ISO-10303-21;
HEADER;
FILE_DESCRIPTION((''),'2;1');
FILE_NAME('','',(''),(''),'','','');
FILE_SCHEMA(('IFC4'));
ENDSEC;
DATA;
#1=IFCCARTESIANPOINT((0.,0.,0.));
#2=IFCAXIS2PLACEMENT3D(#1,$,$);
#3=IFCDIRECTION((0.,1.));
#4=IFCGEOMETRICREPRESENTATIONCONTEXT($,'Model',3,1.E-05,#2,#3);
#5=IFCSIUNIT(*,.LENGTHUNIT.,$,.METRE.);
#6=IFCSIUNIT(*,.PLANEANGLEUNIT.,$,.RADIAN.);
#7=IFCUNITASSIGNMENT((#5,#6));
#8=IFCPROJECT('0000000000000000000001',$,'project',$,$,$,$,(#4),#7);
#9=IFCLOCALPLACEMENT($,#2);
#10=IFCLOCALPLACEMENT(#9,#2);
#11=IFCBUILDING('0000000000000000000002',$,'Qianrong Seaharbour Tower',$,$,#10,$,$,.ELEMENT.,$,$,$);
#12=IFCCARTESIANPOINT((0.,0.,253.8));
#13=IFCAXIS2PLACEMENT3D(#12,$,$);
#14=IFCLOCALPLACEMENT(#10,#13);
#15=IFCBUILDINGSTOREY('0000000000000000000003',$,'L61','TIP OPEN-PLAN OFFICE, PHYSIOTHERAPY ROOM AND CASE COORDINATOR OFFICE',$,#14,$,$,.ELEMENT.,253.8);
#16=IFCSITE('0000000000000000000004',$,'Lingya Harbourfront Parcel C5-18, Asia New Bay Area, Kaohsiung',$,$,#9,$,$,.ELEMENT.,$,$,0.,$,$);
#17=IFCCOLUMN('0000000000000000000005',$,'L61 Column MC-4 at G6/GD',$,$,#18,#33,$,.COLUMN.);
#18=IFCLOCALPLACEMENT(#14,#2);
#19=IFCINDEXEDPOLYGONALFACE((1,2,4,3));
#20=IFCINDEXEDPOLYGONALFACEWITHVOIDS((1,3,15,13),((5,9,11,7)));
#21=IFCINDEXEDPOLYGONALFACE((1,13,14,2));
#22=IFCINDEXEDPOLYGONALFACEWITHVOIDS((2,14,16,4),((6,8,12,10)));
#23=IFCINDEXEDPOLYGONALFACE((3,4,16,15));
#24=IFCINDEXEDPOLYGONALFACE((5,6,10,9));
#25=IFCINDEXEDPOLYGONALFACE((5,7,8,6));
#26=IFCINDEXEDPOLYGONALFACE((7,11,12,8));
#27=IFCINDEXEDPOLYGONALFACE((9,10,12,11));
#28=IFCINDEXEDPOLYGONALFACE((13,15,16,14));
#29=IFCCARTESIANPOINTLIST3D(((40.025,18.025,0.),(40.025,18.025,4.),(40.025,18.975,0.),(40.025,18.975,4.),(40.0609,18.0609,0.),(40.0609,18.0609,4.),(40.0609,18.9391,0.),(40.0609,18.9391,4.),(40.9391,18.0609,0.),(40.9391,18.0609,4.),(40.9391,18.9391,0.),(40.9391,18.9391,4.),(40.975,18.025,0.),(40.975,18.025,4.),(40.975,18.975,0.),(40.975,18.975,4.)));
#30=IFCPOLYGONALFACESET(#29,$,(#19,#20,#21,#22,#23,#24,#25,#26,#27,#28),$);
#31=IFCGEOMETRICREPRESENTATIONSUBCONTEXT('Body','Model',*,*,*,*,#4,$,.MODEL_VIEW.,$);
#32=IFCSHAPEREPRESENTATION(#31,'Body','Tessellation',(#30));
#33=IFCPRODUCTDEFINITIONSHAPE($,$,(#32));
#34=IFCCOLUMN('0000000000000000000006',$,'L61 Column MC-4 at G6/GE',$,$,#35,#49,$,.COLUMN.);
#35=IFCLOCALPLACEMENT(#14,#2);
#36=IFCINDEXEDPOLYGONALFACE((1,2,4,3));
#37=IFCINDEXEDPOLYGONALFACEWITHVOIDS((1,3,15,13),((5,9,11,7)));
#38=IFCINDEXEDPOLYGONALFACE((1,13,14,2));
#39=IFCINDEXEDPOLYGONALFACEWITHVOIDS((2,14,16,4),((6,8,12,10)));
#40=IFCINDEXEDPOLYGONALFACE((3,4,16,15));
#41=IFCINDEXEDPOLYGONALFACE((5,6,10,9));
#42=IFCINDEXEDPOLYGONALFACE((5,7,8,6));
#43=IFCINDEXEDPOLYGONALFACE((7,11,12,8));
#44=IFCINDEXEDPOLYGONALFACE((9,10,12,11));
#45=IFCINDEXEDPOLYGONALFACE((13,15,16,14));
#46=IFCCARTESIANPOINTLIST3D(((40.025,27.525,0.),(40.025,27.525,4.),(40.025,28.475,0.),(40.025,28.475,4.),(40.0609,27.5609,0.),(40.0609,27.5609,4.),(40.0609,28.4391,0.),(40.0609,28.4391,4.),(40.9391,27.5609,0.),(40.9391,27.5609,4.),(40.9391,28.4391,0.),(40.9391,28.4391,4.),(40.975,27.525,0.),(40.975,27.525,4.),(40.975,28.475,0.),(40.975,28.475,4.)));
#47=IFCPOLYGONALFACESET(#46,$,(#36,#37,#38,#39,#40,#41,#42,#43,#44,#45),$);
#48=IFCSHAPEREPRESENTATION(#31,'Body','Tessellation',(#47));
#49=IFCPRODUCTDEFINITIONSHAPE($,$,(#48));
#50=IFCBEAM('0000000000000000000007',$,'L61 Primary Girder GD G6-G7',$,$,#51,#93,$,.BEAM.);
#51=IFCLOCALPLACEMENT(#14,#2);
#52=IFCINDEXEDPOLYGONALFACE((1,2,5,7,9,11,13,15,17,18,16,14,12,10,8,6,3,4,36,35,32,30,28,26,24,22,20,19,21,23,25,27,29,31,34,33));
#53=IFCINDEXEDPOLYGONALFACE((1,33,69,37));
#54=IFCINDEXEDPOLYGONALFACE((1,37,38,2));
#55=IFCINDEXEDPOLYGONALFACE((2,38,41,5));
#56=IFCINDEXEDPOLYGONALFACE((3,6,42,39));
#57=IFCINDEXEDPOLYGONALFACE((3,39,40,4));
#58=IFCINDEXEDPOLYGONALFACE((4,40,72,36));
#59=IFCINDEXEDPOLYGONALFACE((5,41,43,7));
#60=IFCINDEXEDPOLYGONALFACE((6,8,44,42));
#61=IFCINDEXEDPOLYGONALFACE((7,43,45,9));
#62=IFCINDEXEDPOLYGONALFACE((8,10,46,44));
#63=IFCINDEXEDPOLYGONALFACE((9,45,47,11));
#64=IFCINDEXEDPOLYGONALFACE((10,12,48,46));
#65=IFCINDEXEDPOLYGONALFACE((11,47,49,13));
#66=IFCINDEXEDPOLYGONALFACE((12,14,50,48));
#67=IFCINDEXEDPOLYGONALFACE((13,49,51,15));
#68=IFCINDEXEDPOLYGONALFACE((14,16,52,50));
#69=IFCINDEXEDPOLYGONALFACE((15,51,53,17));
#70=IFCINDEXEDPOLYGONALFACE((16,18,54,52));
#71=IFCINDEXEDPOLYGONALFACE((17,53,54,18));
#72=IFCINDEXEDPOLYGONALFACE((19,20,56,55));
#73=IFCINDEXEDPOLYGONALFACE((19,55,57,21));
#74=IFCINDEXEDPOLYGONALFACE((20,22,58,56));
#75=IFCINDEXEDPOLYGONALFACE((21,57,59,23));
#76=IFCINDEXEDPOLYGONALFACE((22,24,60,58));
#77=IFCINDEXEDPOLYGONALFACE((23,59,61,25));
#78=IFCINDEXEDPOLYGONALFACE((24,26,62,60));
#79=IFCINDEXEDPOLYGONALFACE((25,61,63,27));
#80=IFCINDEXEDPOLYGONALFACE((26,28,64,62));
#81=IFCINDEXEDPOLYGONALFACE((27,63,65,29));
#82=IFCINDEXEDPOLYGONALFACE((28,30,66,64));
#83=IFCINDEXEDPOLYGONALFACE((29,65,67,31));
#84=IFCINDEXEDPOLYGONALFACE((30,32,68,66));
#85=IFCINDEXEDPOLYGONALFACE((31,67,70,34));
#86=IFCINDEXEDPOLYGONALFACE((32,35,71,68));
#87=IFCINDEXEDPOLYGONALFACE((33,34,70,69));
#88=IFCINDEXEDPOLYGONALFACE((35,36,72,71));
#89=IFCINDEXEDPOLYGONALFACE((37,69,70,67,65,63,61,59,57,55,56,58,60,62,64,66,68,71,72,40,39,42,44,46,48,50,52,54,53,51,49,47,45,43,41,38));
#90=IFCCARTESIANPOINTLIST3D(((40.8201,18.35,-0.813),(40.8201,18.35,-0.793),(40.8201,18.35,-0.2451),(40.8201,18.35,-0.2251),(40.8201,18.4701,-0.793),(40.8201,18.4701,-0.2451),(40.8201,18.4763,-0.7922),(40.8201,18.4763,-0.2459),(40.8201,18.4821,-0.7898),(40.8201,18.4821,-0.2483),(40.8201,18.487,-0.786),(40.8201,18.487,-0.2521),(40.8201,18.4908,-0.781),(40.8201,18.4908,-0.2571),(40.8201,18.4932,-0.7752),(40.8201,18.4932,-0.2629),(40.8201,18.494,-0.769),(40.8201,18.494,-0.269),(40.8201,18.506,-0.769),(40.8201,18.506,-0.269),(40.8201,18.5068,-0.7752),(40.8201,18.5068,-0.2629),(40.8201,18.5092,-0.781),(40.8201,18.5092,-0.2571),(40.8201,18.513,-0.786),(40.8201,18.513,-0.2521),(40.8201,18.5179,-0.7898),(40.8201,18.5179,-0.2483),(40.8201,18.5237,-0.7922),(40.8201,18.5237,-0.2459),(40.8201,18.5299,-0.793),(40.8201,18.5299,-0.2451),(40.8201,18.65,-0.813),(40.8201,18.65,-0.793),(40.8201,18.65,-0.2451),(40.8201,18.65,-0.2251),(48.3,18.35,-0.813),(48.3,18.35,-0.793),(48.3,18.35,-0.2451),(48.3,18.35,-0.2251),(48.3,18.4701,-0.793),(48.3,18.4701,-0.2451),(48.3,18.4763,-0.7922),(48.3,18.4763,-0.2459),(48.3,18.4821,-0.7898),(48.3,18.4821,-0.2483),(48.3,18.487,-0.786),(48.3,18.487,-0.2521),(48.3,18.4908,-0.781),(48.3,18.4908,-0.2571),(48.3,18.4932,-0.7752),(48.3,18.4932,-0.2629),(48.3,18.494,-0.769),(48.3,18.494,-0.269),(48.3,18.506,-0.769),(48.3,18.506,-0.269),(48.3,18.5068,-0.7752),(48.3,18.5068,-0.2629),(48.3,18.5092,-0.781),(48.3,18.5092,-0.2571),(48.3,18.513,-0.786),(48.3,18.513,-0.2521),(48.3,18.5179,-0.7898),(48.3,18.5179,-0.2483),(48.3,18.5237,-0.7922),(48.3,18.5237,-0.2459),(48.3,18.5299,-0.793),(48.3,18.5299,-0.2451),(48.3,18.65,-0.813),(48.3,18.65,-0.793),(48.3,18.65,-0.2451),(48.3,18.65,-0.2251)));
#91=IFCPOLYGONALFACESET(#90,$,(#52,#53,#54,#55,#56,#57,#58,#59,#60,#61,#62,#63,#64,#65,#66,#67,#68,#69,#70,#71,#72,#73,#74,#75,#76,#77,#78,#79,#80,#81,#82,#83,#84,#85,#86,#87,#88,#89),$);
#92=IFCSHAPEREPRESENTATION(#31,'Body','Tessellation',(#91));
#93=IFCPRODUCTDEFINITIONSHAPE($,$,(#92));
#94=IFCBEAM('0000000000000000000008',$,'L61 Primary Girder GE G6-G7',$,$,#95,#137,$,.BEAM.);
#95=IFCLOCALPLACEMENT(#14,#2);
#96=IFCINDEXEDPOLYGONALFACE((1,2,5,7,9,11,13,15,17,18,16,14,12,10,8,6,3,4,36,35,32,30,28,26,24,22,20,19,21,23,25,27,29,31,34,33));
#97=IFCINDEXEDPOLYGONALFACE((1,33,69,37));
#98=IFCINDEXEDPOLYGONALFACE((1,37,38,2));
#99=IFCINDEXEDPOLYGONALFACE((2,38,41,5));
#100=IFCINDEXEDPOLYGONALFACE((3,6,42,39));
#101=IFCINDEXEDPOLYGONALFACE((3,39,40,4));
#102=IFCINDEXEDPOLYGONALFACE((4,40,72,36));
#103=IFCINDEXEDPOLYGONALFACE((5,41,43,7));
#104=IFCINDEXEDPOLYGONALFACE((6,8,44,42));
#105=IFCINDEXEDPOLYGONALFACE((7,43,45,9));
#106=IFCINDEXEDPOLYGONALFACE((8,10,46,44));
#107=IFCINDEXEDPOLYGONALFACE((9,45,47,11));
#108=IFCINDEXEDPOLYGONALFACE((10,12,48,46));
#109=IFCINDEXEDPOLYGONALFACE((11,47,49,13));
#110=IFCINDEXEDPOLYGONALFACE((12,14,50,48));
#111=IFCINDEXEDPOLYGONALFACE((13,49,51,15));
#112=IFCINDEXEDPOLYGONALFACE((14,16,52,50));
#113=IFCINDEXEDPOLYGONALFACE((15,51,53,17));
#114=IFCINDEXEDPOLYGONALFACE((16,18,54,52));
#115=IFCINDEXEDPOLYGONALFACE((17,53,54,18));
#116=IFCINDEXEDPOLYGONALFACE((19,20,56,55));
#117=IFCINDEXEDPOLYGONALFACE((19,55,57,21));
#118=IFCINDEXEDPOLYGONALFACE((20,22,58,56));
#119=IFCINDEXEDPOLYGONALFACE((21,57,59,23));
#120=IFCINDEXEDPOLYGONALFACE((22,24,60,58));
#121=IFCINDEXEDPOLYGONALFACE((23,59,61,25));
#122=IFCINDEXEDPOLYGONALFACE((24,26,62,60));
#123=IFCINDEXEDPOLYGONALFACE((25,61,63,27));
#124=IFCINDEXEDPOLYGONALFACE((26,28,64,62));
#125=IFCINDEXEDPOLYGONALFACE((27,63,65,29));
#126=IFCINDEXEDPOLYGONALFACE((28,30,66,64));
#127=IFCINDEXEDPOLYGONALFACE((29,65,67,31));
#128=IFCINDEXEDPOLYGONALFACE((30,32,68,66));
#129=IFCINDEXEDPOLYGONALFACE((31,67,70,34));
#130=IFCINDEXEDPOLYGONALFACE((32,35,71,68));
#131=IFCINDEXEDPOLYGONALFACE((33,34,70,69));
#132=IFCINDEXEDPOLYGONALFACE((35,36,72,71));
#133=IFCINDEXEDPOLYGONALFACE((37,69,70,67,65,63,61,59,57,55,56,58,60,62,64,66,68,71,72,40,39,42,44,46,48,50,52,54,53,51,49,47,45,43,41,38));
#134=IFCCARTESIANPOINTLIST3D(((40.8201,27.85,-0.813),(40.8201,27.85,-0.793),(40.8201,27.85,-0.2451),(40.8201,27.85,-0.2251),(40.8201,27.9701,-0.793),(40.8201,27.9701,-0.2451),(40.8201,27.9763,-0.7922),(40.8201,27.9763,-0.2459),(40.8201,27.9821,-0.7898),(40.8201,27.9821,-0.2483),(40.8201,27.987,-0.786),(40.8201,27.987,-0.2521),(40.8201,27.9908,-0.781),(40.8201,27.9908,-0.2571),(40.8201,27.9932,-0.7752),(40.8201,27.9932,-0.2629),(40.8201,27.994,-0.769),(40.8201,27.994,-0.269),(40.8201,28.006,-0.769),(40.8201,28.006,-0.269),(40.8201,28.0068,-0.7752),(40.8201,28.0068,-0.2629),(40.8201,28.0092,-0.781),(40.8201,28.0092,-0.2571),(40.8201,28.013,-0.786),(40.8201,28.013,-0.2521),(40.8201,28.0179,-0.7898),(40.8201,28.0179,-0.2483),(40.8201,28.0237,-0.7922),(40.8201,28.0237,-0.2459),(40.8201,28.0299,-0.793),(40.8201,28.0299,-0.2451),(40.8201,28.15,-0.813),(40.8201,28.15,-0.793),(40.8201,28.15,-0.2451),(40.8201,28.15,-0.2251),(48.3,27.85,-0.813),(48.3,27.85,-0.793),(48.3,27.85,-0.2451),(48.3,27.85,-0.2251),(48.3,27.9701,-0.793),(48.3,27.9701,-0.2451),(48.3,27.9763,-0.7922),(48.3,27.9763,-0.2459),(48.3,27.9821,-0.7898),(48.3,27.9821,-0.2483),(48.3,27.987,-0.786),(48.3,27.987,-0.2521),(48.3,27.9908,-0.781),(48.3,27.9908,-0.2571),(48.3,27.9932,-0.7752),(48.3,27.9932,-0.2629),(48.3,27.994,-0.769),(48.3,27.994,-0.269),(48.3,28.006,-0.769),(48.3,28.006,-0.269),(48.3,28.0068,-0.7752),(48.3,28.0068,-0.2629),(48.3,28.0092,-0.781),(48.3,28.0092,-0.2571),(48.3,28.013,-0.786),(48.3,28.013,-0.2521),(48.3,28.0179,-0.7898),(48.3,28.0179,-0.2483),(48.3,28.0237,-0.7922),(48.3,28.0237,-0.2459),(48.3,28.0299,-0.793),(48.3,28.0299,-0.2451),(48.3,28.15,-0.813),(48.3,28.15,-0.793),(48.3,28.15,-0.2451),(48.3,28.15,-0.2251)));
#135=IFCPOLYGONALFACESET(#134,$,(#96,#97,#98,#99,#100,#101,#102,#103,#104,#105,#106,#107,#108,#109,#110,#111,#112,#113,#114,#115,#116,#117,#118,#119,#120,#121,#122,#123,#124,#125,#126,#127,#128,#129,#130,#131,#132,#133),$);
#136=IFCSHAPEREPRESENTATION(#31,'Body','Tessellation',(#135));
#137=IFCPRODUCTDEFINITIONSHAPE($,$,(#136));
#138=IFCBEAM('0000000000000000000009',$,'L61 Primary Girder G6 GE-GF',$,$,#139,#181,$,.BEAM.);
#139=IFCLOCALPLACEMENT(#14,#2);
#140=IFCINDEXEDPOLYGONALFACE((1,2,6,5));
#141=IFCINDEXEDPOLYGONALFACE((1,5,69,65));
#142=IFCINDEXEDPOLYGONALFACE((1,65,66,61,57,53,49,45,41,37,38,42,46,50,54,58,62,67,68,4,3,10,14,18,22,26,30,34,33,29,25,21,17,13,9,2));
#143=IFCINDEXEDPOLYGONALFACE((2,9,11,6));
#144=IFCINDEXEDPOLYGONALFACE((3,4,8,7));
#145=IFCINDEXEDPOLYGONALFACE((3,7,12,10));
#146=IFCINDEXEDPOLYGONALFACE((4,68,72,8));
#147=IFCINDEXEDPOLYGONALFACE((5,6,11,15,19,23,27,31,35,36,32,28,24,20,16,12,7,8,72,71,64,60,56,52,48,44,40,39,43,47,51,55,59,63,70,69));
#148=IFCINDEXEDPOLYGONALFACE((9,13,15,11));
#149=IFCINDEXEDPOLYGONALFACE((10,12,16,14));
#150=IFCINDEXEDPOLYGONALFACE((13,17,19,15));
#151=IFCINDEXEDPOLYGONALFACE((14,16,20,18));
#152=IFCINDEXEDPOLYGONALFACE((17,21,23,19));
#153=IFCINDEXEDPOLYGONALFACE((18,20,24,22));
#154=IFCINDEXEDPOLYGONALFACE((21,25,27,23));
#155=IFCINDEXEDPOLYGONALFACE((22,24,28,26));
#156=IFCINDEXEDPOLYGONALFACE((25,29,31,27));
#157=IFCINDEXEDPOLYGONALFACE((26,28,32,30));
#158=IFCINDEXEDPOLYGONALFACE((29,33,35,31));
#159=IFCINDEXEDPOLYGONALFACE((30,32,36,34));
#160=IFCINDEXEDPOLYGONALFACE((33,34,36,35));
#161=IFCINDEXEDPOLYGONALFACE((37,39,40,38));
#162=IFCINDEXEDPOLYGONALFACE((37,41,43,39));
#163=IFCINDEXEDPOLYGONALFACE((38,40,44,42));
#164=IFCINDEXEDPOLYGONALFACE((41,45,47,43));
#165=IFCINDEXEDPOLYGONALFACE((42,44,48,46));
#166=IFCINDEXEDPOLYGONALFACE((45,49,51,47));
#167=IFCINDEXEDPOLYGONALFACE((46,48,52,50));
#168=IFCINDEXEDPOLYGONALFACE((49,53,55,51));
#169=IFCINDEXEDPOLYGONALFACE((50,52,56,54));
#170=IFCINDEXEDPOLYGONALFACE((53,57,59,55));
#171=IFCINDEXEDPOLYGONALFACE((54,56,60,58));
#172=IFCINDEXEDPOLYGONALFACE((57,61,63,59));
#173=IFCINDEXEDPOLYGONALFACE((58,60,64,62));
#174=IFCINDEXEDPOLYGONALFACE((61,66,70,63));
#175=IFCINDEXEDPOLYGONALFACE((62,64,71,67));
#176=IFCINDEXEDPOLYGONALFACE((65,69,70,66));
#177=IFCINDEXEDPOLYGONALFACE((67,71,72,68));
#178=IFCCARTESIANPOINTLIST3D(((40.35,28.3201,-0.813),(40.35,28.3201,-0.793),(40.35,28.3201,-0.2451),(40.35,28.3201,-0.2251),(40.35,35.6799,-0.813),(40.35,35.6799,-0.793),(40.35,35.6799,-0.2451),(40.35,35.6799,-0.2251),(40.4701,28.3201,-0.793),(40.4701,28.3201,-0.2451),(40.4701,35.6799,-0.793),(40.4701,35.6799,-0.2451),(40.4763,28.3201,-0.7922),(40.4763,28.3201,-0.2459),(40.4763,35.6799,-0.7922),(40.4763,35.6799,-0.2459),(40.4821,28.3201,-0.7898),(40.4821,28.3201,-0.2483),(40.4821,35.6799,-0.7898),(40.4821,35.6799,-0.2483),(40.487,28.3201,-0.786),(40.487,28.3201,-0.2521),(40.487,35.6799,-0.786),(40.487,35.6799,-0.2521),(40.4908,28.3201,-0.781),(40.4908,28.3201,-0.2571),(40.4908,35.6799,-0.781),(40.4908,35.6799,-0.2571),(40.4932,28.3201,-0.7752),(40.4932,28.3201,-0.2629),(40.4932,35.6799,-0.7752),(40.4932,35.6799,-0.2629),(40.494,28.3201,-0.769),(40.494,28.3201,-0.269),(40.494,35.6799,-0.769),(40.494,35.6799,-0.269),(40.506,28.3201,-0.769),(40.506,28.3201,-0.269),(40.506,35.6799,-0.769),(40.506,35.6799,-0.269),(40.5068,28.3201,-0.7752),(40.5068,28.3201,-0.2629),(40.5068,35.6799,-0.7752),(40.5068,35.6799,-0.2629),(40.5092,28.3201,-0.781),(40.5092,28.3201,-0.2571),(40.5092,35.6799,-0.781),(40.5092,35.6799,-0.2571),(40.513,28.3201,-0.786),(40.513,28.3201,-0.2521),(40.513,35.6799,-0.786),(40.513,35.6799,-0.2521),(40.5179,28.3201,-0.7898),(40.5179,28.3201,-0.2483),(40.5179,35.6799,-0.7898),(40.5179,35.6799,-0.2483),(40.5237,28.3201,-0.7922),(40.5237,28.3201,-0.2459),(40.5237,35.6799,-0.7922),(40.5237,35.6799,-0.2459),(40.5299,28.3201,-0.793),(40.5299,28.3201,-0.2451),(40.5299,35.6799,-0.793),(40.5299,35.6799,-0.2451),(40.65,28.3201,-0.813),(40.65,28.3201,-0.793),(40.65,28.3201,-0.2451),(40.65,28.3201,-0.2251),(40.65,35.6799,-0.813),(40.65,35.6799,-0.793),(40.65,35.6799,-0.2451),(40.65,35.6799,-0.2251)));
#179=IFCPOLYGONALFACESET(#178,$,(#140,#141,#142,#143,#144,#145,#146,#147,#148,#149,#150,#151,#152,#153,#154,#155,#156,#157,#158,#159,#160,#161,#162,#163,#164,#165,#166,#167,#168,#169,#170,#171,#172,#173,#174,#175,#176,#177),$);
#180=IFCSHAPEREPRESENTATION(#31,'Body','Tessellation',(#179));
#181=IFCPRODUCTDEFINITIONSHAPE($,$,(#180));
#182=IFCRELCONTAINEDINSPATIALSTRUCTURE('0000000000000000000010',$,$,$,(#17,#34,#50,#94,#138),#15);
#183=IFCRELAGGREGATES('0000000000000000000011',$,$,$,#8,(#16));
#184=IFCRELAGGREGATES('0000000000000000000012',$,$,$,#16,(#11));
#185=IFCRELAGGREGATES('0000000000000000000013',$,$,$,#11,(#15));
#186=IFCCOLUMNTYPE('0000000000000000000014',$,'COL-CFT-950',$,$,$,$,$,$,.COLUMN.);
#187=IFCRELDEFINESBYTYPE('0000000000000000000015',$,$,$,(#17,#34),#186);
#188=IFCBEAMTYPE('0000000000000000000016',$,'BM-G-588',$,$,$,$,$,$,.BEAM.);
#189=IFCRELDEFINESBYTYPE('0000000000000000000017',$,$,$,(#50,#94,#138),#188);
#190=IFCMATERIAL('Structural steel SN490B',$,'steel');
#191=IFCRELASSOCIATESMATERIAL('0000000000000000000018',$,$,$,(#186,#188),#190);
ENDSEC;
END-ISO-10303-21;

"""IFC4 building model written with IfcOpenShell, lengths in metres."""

from ifc_helpers import new_model, si_unit, direction, frame, origin, origin_2d, place, context, subcontext, project, spatial, hollow_rectangle, i_section, extrude, material, material_profile, profile_set, type_object, element, save


model = new_model("IFC4")

# Units and contexts
model_context = context("Model", 3, precision=1e-05, world=origin(), true_north=direction((0.0, 1.0)))
body_context = subcontext(model_context, "Body", "Model", "MODEL_VIEW")
ifc_project = project(units=[si_unit("LENGTHUNIT", "METRE"), si_unit("PLANEANGLEUNIT", "RADIAN")], contexts=[model_context])

# Site, building, storey
site_placement = place(None, origin())
site = spatial("IfcSite", under=ifc_project, at=site_placement, Name="Lingya Harbourfront Parcel C5-18, Asia New Bay Area, Kaohsiung", CompositionType="ELEMENT", RefElevation=0.0)
building_placement = place(site_placement, origin())
building = spatial("IfcBuilding", under=site, at=building_placement, Name="Qianrong Seaharbour Tower", CompositionType="ELEMENT")
storey_placement = place(building_placement, frame((0.0, 0.0, 253.8)))
storey = spatial("IfcBuildingStorey", under=building, at=storey_placement, Name="L61", Description="TIP OPEN-PLAN OFFICE, PHYSIOTHERAPY ROOM AND CASE COORDINATOR OFFICE", CompositionType="ELEMENT", Elevation=253.8)

# Columns
ifc_material_1 = material(Name="Structural steel SN490B", Category="steel")
ifc_material_profile_1 = material_profile(ifc_material_1, hollow_rectangle(XDim=0.95, YDim=0.95, WallThickness=0.0359, at=origin_2d()), Name="BOX950x950x36")
ifc_profile_set_1 = profile_set([ifc_material_profile_1], Name="Structural steel SN490B")
column_type = type_object("IfcColumnType", Name="COL-CFT-950", PredefinedType="COLUMN", material=ifc_profile_set_1)
for number, where, z_axis, x_axis, name in (
    (1, (40.5, 18.5, 0.0), (0.0, 0.0, 1.0), (1.0, 0.0, 0.0), "L61 Column MC-4 at G6/GD"),
    (2, (40.5, 28.0, 0.0), (0.0, 0.0, 1.0), (1.0, 0.0, 0.0), "L61 Column MC-4 at G6/GE"),
):
    element("IfcColumn", number, at=place(storey_placement, frame(where, z_axis=z_axis, x_axis=x_axis)), inside=storey, type_object=column_type, Name=name, PredefinedType="COLUMN", context=body_context, shape_type="SweptSolid", body=[
        extrude(hollow_rectangle(XDim=0.95, YDim=0.95, WallThickness=0.0359, at=origin_2d()), origin(), (0.0, 0.0, 1.0), 4.0),
    ])

# Beams
ifc_material_profile_2 = material_profile(ifc_material_1, i_section(OverallWidth=0.3, OverallDepth=0.5879, WebThickness=0.012, FlangeThickness=0.02, FilletRadius=0.0239, at=origin_2d()), Name="H588x300x12x20")
ifc_profile_set_2 = profile_set([ifc_material_profile_2], Name="Structural steel SN490B")
beam_type_1 = type_object("IfcBeamType", Name="BM-G-588", PredefinedType="BEAM", material=ifc_profile_set_2)
for number, where, z_axis, x_axis, name in (
    (3, (40.8201, 18.5, -0.519), (1.0, 0.0, 0.0), (0.0, 1.0, 0.0), "L61 Primary Girder GD G6-G7"),
    (4, (40.8201, 28.0, -0.519), (1.0, 0.0, 0.0), (0.0, 1.0, 0.0), "L61 Primary Girder GE G6-G7"),
):
    element("IfcBeam", number, at=place(storey_placement, frame(where, z_axis=z_axis, x_axis=x_axis)), inside=storey, type_object=beam_type_1, Name=name, PredefinedType="BEAM", context=body_context, shape_type="SweptSolid", body=[
        extrude(i_section(OverallWidth=0.3, OverallDepth=0.5879, WebThickness=0.012, FlangeThickness=0.02, FilletRadius=0.0239, at=origin_2d()), origin(), (0.0, 0.0, 1.0), 7.48),
    ])
beam_1_placement = place(storey_placement, frame((40.5, 28.3201, -0.519), z_axis=(0.0, 1.0, 0.0), x_axis=(-1.0, 0.0, 0.0)))
element("IfcBeam", 5, at=beam_1_placement, inside=storey, type_object=beam_type_1, Name="L61 Primary Girder G6 GE-GF", PredefinedType="BEAM", context=body_context, shape_type="SweptSolid", body=[
    extrude(i_section(OverallWidth=0.3, OverallDepth=0.5879, WebThickness=0.012, FlangeThickness=0.02, FilletRadius=0.0239, at=origin_2d()), origin(), (0.0, 0.0, 1.0), 7.3599),
])

save(model, "model.ifc")
